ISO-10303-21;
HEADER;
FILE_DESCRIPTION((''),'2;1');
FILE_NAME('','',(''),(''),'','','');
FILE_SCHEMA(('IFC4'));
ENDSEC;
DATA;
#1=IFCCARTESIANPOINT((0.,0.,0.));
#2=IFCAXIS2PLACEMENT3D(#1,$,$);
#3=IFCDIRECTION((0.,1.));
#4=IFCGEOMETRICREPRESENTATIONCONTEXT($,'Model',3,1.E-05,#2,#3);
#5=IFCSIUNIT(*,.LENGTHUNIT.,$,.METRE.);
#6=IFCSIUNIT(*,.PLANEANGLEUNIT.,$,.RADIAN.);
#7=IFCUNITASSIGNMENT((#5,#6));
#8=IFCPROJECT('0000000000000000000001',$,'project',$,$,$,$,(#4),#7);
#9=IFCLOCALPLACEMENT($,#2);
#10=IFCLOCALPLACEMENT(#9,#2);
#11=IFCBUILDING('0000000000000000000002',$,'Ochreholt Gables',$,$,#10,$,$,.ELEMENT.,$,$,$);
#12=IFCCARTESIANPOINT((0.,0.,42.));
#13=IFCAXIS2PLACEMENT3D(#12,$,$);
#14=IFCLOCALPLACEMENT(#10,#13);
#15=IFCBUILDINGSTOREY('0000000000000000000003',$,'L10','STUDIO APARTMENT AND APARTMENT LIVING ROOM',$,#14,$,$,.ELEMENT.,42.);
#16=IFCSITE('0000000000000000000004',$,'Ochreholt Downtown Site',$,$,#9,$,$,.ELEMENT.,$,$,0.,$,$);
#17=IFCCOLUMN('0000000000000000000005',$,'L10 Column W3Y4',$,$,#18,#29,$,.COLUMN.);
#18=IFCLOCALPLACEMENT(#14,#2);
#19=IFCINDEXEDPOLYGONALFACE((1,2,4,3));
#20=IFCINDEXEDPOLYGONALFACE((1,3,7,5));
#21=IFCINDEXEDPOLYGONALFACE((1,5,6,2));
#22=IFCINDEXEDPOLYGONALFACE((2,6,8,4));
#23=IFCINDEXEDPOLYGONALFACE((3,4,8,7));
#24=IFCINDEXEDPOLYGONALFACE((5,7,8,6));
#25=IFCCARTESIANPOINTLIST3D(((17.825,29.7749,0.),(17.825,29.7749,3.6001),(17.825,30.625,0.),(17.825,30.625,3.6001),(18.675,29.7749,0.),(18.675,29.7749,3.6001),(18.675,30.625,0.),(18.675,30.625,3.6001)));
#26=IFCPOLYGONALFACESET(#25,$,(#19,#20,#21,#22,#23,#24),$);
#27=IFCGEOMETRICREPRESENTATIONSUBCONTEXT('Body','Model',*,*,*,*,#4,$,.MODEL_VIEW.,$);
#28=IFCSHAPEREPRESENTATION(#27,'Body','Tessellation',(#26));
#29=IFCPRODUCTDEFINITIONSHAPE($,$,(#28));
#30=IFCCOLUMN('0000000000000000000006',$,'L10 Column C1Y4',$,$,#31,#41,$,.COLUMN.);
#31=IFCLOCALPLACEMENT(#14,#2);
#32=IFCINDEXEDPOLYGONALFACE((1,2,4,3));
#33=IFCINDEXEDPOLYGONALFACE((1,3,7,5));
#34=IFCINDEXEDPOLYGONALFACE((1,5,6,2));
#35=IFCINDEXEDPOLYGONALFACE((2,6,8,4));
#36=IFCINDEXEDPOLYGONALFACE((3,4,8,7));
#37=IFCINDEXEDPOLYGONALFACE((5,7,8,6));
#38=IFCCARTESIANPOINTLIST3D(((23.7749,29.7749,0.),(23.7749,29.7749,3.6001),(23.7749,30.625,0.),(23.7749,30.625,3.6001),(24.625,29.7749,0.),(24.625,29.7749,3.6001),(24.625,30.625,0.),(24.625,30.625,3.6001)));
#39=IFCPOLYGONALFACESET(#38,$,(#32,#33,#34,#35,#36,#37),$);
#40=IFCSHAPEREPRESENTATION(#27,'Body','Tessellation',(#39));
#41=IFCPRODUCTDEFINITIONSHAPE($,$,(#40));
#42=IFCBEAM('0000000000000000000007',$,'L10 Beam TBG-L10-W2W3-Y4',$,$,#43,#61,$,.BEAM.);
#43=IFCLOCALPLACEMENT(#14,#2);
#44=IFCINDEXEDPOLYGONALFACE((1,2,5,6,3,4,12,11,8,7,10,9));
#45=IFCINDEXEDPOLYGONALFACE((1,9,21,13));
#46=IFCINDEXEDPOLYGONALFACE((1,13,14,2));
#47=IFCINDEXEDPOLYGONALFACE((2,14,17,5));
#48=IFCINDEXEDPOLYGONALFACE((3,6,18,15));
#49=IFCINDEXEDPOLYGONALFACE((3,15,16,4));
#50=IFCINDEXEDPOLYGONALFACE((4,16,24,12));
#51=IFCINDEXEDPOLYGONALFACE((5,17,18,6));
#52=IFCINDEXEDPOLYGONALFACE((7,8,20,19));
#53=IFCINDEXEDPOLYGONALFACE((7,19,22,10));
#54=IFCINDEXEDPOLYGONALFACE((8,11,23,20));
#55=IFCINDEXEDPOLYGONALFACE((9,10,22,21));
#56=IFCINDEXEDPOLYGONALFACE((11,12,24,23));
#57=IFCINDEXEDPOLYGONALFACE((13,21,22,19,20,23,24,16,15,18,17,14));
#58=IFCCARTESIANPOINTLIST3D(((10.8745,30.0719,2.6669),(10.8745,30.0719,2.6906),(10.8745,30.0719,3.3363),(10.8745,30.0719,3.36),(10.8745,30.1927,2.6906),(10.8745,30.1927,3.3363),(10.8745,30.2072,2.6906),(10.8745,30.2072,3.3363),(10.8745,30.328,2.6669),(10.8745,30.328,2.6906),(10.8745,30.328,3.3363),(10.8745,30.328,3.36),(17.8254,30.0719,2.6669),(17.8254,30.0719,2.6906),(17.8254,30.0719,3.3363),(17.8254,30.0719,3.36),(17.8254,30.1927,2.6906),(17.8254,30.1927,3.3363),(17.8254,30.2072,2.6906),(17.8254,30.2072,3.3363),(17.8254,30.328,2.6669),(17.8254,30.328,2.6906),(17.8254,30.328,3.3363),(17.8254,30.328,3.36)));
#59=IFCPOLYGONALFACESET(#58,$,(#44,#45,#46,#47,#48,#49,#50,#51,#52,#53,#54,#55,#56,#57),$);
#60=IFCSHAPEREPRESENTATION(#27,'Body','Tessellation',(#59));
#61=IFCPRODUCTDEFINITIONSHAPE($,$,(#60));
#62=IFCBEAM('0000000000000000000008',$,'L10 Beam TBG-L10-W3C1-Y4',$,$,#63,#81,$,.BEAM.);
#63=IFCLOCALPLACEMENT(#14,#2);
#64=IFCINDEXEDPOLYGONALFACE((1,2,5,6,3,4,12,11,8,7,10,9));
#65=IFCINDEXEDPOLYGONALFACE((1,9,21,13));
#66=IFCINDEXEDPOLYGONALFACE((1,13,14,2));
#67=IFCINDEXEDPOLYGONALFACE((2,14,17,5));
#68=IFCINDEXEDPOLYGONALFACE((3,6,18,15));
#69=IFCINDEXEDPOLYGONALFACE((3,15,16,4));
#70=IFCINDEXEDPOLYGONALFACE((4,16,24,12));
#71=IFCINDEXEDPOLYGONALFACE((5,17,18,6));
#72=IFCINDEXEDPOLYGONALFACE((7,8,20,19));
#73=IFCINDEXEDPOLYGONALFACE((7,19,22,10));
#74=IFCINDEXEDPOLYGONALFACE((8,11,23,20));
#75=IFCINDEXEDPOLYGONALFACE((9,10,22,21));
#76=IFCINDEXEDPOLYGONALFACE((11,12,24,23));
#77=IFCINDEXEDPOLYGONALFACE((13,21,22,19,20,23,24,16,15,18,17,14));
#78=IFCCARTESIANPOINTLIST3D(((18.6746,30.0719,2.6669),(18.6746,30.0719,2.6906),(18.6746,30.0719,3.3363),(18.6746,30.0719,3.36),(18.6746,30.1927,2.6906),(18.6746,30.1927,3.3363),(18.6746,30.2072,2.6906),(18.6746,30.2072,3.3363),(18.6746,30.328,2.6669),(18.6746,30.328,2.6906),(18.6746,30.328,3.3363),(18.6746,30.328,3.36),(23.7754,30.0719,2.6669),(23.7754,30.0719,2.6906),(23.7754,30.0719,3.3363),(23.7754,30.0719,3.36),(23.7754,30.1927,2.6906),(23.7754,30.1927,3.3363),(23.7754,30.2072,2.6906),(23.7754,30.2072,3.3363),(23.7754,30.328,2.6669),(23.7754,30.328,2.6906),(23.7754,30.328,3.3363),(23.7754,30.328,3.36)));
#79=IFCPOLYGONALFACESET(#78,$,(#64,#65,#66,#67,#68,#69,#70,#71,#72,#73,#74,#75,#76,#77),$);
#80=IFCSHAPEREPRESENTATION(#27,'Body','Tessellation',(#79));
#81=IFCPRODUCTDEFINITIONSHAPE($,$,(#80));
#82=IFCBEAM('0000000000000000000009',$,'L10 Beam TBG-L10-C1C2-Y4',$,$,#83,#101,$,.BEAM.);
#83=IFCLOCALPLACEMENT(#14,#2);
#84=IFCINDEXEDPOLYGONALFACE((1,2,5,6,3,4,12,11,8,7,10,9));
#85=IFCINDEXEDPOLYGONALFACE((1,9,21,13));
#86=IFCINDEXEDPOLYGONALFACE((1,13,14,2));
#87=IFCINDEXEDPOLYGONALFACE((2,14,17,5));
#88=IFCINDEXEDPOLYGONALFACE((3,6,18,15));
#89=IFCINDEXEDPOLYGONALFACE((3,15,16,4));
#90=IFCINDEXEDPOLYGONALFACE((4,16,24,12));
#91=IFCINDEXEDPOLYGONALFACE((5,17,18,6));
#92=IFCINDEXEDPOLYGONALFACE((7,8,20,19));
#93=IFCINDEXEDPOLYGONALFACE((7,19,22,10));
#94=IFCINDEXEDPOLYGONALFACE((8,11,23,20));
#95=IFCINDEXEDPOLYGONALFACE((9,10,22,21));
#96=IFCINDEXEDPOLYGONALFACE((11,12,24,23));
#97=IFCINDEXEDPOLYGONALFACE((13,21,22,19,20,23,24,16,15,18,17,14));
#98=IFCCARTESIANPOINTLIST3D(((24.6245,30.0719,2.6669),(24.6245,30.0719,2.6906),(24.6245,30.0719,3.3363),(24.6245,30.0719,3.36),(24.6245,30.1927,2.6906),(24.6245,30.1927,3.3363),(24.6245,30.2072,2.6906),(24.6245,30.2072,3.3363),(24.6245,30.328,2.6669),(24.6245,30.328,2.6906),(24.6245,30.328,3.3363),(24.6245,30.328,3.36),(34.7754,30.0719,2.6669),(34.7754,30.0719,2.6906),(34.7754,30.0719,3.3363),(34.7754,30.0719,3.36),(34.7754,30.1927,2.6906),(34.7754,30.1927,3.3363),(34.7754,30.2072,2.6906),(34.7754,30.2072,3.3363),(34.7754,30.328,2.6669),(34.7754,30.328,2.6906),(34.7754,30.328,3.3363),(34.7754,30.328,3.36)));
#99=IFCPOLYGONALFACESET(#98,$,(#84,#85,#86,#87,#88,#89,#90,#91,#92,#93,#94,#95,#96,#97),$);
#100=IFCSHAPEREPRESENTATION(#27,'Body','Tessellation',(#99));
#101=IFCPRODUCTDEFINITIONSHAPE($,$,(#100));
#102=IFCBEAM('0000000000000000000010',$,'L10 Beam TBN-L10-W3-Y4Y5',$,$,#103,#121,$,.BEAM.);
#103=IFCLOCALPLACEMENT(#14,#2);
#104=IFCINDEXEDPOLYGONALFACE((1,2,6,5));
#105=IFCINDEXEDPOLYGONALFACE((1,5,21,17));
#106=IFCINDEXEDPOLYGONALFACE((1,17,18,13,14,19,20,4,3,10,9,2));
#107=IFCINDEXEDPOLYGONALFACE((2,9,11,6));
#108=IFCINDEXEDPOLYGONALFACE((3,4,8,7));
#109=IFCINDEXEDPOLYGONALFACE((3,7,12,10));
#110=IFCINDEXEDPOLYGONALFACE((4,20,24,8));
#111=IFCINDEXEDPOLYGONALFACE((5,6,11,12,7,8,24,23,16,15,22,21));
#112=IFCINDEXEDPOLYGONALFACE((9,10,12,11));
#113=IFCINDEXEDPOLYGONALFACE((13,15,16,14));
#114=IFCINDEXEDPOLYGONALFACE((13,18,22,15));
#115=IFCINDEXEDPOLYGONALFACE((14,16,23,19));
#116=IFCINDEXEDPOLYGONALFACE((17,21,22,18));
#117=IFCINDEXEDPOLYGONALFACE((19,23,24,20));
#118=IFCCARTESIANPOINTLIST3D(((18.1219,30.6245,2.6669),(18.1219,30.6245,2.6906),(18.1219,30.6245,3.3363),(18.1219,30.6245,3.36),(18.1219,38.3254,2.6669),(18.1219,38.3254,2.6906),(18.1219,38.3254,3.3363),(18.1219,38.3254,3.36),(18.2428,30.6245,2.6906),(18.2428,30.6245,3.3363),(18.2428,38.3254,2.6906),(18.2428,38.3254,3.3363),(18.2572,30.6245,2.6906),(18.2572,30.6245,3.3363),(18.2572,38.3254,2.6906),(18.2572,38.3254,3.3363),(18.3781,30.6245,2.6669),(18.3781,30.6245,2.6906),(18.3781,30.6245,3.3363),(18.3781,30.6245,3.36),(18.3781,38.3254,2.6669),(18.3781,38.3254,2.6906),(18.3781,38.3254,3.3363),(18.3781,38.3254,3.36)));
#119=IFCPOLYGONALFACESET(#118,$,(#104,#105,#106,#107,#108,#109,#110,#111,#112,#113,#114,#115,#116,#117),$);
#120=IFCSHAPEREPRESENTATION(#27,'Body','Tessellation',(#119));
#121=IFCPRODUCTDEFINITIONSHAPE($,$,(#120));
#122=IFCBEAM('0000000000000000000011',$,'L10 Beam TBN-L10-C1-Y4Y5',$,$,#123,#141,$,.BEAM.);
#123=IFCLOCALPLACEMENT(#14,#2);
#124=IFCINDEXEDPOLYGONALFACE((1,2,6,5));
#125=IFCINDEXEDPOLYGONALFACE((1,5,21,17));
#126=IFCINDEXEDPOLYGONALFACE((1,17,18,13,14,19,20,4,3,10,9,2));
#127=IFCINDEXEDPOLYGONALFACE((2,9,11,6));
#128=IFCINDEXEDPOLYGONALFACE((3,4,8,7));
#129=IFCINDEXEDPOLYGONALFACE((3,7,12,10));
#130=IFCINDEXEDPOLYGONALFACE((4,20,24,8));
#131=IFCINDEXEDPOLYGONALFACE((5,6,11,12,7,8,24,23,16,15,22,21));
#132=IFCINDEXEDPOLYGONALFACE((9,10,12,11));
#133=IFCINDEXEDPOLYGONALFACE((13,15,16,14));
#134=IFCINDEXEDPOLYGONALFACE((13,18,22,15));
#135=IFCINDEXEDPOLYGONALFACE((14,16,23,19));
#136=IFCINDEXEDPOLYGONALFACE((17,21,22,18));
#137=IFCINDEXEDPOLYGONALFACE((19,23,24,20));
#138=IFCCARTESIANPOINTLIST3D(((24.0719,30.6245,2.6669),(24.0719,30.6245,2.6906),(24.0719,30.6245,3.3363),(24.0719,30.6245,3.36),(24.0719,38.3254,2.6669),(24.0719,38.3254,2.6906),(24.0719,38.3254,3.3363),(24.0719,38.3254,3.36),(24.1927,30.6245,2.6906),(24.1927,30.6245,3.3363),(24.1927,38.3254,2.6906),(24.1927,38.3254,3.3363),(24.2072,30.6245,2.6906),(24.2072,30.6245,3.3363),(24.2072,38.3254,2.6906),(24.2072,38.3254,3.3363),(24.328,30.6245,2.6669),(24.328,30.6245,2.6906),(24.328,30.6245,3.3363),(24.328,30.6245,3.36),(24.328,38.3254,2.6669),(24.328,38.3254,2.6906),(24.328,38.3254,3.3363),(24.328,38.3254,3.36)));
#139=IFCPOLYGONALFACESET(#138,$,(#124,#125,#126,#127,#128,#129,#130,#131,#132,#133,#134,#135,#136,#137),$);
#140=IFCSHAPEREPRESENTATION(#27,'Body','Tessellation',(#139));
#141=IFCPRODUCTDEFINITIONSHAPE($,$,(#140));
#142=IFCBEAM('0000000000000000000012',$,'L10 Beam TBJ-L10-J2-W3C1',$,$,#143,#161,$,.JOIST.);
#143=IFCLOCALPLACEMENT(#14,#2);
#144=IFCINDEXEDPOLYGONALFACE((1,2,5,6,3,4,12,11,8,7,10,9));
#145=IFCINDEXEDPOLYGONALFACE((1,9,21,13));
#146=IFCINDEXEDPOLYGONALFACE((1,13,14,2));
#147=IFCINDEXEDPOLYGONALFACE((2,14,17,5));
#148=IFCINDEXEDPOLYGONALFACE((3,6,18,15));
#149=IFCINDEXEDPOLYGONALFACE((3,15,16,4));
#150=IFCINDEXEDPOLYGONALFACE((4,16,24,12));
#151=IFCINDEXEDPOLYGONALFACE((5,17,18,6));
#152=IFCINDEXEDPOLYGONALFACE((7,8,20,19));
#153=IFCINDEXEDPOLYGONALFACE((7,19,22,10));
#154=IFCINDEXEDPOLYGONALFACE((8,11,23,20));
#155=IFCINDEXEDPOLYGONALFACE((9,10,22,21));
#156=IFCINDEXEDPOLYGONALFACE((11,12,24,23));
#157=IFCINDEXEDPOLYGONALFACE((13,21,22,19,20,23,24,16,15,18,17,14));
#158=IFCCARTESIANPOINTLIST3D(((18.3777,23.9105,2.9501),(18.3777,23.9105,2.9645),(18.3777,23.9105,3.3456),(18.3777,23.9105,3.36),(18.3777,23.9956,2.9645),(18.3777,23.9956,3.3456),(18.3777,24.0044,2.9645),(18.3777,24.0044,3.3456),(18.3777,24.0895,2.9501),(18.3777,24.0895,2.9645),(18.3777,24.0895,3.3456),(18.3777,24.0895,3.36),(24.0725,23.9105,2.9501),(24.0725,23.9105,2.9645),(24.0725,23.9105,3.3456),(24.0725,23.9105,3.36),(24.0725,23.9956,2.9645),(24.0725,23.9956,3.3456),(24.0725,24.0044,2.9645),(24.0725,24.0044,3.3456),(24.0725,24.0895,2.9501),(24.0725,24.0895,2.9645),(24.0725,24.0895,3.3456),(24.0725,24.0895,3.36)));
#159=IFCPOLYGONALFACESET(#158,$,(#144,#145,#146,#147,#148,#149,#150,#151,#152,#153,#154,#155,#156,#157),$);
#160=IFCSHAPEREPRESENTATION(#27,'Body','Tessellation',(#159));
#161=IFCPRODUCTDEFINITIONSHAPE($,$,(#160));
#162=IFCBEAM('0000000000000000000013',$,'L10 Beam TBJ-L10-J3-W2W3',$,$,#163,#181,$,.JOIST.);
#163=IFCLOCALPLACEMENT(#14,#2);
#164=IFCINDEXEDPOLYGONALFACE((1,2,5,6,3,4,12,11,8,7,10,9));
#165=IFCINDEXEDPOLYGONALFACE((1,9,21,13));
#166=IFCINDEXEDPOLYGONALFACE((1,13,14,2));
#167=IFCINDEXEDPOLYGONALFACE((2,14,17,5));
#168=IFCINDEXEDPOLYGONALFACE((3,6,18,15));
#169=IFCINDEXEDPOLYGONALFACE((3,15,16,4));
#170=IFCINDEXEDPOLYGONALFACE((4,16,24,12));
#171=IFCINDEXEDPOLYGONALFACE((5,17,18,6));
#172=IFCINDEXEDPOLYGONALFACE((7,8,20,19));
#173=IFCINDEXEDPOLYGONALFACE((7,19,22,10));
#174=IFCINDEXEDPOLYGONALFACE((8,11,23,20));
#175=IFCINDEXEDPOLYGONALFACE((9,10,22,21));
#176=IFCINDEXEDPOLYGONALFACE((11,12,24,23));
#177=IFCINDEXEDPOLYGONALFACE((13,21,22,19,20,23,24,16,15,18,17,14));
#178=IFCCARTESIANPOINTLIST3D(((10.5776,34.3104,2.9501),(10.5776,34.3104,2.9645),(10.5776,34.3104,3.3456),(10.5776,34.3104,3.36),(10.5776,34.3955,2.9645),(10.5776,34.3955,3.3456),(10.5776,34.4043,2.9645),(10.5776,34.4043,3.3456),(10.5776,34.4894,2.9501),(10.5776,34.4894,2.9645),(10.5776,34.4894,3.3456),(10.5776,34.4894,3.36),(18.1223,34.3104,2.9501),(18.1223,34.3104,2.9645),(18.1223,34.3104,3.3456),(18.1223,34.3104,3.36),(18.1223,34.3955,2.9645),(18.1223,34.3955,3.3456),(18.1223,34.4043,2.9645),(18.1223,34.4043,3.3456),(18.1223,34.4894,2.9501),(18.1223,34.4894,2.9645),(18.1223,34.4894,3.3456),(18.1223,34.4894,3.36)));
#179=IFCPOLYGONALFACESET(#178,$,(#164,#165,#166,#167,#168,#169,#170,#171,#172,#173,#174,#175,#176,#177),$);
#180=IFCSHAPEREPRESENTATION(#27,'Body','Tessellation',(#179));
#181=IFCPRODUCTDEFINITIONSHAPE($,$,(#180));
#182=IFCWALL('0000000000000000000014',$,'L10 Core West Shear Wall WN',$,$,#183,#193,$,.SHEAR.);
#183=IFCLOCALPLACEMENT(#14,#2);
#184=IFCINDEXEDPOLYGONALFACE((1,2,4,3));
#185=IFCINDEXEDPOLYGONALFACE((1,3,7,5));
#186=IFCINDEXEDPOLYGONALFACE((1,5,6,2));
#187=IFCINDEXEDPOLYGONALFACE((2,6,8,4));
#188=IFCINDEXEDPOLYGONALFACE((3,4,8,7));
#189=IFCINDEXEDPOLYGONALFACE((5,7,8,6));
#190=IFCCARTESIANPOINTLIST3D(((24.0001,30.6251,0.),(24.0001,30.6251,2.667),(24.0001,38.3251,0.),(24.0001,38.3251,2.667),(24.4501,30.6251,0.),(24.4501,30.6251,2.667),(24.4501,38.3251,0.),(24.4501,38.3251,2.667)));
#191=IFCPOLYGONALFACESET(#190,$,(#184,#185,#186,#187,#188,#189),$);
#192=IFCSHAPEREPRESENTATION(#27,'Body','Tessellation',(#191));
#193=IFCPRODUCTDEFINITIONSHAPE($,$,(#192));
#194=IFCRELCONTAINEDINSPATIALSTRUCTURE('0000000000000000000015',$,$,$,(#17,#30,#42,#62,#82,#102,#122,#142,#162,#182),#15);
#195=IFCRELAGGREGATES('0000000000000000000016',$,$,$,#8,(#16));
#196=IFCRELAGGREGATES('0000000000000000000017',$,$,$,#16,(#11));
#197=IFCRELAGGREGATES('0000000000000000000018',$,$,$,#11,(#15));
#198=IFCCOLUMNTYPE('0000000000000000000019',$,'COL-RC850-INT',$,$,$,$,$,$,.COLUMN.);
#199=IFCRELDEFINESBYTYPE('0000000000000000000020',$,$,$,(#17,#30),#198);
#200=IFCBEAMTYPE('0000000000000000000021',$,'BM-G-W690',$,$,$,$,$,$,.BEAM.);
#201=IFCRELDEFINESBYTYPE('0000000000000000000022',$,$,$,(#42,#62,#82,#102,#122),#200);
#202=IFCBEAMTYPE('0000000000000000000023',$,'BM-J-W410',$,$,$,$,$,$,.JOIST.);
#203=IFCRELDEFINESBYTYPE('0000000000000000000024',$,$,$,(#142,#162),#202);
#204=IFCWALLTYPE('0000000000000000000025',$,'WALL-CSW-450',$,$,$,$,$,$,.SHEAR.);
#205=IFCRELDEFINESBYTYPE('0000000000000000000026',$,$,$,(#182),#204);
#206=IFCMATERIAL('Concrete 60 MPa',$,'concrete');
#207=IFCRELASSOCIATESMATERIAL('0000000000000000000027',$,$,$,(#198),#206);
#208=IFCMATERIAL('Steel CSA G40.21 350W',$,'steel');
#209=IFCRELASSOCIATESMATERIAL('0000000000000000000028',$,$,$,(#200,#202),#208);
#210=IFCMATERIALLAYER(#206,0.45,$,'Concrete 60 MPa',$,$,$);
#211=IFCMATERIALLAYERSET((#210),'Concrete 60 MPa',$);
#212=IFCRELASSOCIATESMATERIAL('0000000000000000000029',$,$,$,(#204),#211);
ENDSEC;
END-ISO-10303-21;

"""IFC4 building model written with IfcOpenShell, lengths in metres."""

from ifc_helpers import new_model, si_unit, direction, frame, frame_2d, origin, origin_2d, place, context, subcontext, project, spatial, rectangle, i_section, extrude, material, layer, layer_set, material_profile, profile_set, type_object, element, save


model = new_model("IFC4")

# Units and contexts
model_context = context("Model", 3, precision=1e-05, world=origin(), true_north=direction((0.0, 1.0)))
body_context = subcontext(model_context, "Body", "Model", "MODEL_VIEW")
ifc_project = project(units=[si_unit("LENGTHUNIT", "METRE"), si_unit("PLANEANGLEUNIT", "RADIAN")], contexts=[model_context])

# Site, building, storey
site_placement = place(None, origin())
site = spatial("IfcSite", under=ifc_project, at=site_placement, Name="Ochreholt Downtown Site", CompositionType="ELEMENT", RefElevation=0.0)
building_placement = place(site_placement, origin())
building = spatial("IfcBuilding", under=site, at=building_placement, Name="Ochreholt Gables", CompositionType="ELEMENT")
storey_placement = place(building_placement, frame((0.0, 0.0, 42.0)))
storey = spatial("IfcBuildingStorey", under=building, at=storey_placement, Name="L10", Description="STUDIO APARTMENT AND APARTMENT LIVING ROOM", CompositionType="ELEMENT", Elevation=42.0)

# Columns
ifc_material_1 = material(Name="Concrete 60 MPa", Category="concrete")
ifc_material_profile_1 = material_profile(ifc_material_1, rectangle(XDim=0.8501, YDim=0.8501, at=origin_2d()), Name="RC850X850")
ifc_profile_set_1 = profile_set([ifc_material_profile_1], Name="Concrete 60 MPa")
column_type = type_object("IfcColumnType", Name="COL-RC850-INT", PredefinedType="COLUMN", material=ifc_profile_set_1)
for number, where, z_axis, x_axis, name in (
    (1, (18.25, 30.2, 0.0), (0.0, 0.0, 1.0), (1.0, 0.0, 0.0), "L10 Column W3Y4"),
    (2, (24.2, 30.2, 0.0), (0.0, 0.0, 1.0), (1.0, 0.0, 0.0), "L10 Column C1Y4"),
):
    element("IfcColumn", number, at=place(storey_placement, frame(where, z_axis=z_axis, x_axis=x_axis)), inside=storey, type_object=column_type, Name=name, PredefinedType="COLUMN", context=body_context, shape_type="SweptSolid", body=[
        extrude(rectangle(XDim=0.8501, YDim=0.8501, at=origin_2d()), origin(), (0.0, 0.0, 1.0), 3.6001),
    ])

# Beams
ifc_material_2 = material(Name="Steel CSA G40.21 350W", Category="steel")
ifc_material_profile_2 = material_profile(ifc_material_2, i_section(OverallWidth=0.2561, OverallDepth=0.6931, WebThickness=0.0144, FlangeThickness=0.0237, at=origin_2d()), Name="W690X170")
ifc_profile_set_2 = profile_set([ifc_material_profile_2], Name="Steel CSA G40.21 350W")
beam_type_1 = type_object("IfcBeamType", Name="BM-G-W690", PredefinedType="BEAM", material=ifc_profile_set_2)
beam_1_placement = place(storey_placement, frame((10.8745, 30.2, 3.0134), z_axis=(1.0, 0.0, 0.0), x_axis=(0.0, 1.0, 0.0)))
element("IfcBeam", 3, at=beam_1_placement, inside=storey, type_object=beam_type_1, Name="L10 Beam TBG-L10-W2W3-Y4", PredefinedType="BEAM", context=body_context, shape_type="SweptSolid", body=[
    extrude(i_section(OverallWidth=0.2561, OverallDepth=0.6931, WebThickness=0.0144, FlangeThickness=0.0237, at=origin_2d()), origin(), (0.0, 0.0, 1.0), 6.9509),
])
beam_2_placement = place(storey_placement, frame((18.6746, 30.2, 3.0134), z_axis=(1.0, 0.0, 0.0), x_axis=(0.0, 1.0, 0.0)))
element("IfcBeam", 4, at=beam_2_placement, inside=storey, type_object=beam_type_1, Name="L10 Beam TBG-L10-W3C1-Y4", PredefinedType="BEAM", context=body_context, shape_type="SweptSolid", body=[
    extrude(i_section(OverallWidth=0.2561, OverallDepth=0.6931, WebThickness=0.0144, FlangeThickness=0.0237, at=origin_2d()), origin(), (0.0, 0.0, 1.0), 5.1008),
])
beam_3_placement = place(storey_placement, frame((24.6245, 30.2, 3.0134), z_axis=(1.0, 0.0, 0.0), x_axis=(0.0, 1.0, 0.0)))
element("IfcBeam", 5, at=beam_3_placement, inside=storey, type_object=beam_type_1, Name="L10 Beam TBG-L10-C1C2-Y4", PredefinedType="BEAM", context=body_context, shape_type="SweptSolid", body=[
    extrude(i_section(OverallWidth=0.2561, OverallDepth=0.6931, WebThickness=0.0144, FlangeThickness=0.0237, at=origin_2d()), origin(), (0.0, 0.0, 1.0), 10.1509),
])
for number, where, z_axis, x_axis, name in (
    (6, (18.25, 30.6245, 3.0134), (0.0, 1.0, 0.0), (-1.0, 0.0, 0.0), "L10 Beam TBN-L10-W3-Y4Y5"),
    (7, (24.2, 30.6245, 3.0134), (0.0, 1.0, 0.0), (-1.0, 0.0, 0.0), "L10 Beam TBN-L10-C1-Y4Y5"),
):
    element("IfcBeam", number, at=place(storey_placement, frame(where, z_axis=z_axis, x_axis=x_axis)), inside=storey, type_object=beam_type_1, Name=name, PredefinedType="BEAM", context=body_context, shape_type="SweptSolid", body=[
        extrude(i_section(OverallWidth=0.2561, OverallDepth=0.6931, WebThickness=0.0144, FlangeThickness=0.0237, at=origin_2d()), origin(), (0.0, 0.0, 1.0), 7.7009),
    ])
ifc_material_profile_3 = material_profile(ifc_material_2, i_section(OverallWidth=0.179, OverallDepth=0.4099, WebThickness=0.0088, FlangeThickness=0.0144, at=origin_2d()), Name="W410X67")
ifc_profile_set_3 = profile_set([ifc_material_profile_3], Name="Steel CSA G40.21 350W")
beam_type_2 = type_object("IfcBeamType", Name="BM-J-W410", PredefinedType="JOIST", material=ifc_profile_set_3)
beam_4_placement = place(storey_placement, frame((18.3777, 24.0, 3.155), z_axis=(1.0, 0.0, 0.0), x_axis=(0.0, 1.0, 0.0)))
element("IfcBeam", 8, at=beam_4_placement, inside=storey, type_object=beam_type_2, Name="L10 Beam TBJ-L10-J2-W3C1", PredefinedType="JOIST", context=body_context, shape_type="SweptSolid", body=[
    extrude(i_section(OverallWidth=0.179, OverallDepth=0.4099, WebThickness=0.0088, FlangeThickness=0.0144, at=origin_2d()), origin(), (0.0, 0.0, 1.0), 5.6948),
])
beam_5_placement = place(storey_placement, frame((10.5776, 34.3999, 3.155), z_axis=(1.0, 0.0, 0.0), x_axis=(0.0, 1.0, 0.0)))
element("IfcBeam", 9, at=beam_5_placement, inside=storey, type_object=beam_type_2, Name="L10 Beam TBJ-L10-J3-W2W3", PredefinedType="JOIST", context=body_context, shape_type="SweptSolid", body=[
    extrude(i_section(OverallWidth=0.179, OverallDepth=0.4099, WebThickness=0.0088, FlangeThickness=0.0144, at=origin_2d()), origin(), (0.0, 0.0, 1.0), 7.5447),
])

# Wall
ifc_layer_1 = layer(ifc_material_1, 0.45, Name="Concrete 60 MPa")
ifc_layer_set_1 = layer_set([ifc_layer_1], Name="Concrete 60 MPa")
wall_type_1 = type_object("IfcWallType", Name="WALL-CSW-450", PredefinedType="SHEAR", material=ifc_layer_set_1)
wall_1_placement = place(storey_placement, frame((24.2251, 30.625, 0.0), z_axis=(0.0, 0.0, 1.0), x_axis=(0.0, 1.0, 0.0)))
element("IfcWall", 10, at=wall_1_placement, inside=storey, type_object=wall_type_1, Name="L10 Core West Shear Wall WN", PredefinedType="SHEAR", context=body_context, shape_type="SweptSolid", body=[
    extrude(rectangle(XDim=7.7, YDim=0.45, at=frame_2d((3.8501, 0.0))), origin(), (0.0, 0.0, 1.0), 2.667),
])

save(model, "model.ifc")
